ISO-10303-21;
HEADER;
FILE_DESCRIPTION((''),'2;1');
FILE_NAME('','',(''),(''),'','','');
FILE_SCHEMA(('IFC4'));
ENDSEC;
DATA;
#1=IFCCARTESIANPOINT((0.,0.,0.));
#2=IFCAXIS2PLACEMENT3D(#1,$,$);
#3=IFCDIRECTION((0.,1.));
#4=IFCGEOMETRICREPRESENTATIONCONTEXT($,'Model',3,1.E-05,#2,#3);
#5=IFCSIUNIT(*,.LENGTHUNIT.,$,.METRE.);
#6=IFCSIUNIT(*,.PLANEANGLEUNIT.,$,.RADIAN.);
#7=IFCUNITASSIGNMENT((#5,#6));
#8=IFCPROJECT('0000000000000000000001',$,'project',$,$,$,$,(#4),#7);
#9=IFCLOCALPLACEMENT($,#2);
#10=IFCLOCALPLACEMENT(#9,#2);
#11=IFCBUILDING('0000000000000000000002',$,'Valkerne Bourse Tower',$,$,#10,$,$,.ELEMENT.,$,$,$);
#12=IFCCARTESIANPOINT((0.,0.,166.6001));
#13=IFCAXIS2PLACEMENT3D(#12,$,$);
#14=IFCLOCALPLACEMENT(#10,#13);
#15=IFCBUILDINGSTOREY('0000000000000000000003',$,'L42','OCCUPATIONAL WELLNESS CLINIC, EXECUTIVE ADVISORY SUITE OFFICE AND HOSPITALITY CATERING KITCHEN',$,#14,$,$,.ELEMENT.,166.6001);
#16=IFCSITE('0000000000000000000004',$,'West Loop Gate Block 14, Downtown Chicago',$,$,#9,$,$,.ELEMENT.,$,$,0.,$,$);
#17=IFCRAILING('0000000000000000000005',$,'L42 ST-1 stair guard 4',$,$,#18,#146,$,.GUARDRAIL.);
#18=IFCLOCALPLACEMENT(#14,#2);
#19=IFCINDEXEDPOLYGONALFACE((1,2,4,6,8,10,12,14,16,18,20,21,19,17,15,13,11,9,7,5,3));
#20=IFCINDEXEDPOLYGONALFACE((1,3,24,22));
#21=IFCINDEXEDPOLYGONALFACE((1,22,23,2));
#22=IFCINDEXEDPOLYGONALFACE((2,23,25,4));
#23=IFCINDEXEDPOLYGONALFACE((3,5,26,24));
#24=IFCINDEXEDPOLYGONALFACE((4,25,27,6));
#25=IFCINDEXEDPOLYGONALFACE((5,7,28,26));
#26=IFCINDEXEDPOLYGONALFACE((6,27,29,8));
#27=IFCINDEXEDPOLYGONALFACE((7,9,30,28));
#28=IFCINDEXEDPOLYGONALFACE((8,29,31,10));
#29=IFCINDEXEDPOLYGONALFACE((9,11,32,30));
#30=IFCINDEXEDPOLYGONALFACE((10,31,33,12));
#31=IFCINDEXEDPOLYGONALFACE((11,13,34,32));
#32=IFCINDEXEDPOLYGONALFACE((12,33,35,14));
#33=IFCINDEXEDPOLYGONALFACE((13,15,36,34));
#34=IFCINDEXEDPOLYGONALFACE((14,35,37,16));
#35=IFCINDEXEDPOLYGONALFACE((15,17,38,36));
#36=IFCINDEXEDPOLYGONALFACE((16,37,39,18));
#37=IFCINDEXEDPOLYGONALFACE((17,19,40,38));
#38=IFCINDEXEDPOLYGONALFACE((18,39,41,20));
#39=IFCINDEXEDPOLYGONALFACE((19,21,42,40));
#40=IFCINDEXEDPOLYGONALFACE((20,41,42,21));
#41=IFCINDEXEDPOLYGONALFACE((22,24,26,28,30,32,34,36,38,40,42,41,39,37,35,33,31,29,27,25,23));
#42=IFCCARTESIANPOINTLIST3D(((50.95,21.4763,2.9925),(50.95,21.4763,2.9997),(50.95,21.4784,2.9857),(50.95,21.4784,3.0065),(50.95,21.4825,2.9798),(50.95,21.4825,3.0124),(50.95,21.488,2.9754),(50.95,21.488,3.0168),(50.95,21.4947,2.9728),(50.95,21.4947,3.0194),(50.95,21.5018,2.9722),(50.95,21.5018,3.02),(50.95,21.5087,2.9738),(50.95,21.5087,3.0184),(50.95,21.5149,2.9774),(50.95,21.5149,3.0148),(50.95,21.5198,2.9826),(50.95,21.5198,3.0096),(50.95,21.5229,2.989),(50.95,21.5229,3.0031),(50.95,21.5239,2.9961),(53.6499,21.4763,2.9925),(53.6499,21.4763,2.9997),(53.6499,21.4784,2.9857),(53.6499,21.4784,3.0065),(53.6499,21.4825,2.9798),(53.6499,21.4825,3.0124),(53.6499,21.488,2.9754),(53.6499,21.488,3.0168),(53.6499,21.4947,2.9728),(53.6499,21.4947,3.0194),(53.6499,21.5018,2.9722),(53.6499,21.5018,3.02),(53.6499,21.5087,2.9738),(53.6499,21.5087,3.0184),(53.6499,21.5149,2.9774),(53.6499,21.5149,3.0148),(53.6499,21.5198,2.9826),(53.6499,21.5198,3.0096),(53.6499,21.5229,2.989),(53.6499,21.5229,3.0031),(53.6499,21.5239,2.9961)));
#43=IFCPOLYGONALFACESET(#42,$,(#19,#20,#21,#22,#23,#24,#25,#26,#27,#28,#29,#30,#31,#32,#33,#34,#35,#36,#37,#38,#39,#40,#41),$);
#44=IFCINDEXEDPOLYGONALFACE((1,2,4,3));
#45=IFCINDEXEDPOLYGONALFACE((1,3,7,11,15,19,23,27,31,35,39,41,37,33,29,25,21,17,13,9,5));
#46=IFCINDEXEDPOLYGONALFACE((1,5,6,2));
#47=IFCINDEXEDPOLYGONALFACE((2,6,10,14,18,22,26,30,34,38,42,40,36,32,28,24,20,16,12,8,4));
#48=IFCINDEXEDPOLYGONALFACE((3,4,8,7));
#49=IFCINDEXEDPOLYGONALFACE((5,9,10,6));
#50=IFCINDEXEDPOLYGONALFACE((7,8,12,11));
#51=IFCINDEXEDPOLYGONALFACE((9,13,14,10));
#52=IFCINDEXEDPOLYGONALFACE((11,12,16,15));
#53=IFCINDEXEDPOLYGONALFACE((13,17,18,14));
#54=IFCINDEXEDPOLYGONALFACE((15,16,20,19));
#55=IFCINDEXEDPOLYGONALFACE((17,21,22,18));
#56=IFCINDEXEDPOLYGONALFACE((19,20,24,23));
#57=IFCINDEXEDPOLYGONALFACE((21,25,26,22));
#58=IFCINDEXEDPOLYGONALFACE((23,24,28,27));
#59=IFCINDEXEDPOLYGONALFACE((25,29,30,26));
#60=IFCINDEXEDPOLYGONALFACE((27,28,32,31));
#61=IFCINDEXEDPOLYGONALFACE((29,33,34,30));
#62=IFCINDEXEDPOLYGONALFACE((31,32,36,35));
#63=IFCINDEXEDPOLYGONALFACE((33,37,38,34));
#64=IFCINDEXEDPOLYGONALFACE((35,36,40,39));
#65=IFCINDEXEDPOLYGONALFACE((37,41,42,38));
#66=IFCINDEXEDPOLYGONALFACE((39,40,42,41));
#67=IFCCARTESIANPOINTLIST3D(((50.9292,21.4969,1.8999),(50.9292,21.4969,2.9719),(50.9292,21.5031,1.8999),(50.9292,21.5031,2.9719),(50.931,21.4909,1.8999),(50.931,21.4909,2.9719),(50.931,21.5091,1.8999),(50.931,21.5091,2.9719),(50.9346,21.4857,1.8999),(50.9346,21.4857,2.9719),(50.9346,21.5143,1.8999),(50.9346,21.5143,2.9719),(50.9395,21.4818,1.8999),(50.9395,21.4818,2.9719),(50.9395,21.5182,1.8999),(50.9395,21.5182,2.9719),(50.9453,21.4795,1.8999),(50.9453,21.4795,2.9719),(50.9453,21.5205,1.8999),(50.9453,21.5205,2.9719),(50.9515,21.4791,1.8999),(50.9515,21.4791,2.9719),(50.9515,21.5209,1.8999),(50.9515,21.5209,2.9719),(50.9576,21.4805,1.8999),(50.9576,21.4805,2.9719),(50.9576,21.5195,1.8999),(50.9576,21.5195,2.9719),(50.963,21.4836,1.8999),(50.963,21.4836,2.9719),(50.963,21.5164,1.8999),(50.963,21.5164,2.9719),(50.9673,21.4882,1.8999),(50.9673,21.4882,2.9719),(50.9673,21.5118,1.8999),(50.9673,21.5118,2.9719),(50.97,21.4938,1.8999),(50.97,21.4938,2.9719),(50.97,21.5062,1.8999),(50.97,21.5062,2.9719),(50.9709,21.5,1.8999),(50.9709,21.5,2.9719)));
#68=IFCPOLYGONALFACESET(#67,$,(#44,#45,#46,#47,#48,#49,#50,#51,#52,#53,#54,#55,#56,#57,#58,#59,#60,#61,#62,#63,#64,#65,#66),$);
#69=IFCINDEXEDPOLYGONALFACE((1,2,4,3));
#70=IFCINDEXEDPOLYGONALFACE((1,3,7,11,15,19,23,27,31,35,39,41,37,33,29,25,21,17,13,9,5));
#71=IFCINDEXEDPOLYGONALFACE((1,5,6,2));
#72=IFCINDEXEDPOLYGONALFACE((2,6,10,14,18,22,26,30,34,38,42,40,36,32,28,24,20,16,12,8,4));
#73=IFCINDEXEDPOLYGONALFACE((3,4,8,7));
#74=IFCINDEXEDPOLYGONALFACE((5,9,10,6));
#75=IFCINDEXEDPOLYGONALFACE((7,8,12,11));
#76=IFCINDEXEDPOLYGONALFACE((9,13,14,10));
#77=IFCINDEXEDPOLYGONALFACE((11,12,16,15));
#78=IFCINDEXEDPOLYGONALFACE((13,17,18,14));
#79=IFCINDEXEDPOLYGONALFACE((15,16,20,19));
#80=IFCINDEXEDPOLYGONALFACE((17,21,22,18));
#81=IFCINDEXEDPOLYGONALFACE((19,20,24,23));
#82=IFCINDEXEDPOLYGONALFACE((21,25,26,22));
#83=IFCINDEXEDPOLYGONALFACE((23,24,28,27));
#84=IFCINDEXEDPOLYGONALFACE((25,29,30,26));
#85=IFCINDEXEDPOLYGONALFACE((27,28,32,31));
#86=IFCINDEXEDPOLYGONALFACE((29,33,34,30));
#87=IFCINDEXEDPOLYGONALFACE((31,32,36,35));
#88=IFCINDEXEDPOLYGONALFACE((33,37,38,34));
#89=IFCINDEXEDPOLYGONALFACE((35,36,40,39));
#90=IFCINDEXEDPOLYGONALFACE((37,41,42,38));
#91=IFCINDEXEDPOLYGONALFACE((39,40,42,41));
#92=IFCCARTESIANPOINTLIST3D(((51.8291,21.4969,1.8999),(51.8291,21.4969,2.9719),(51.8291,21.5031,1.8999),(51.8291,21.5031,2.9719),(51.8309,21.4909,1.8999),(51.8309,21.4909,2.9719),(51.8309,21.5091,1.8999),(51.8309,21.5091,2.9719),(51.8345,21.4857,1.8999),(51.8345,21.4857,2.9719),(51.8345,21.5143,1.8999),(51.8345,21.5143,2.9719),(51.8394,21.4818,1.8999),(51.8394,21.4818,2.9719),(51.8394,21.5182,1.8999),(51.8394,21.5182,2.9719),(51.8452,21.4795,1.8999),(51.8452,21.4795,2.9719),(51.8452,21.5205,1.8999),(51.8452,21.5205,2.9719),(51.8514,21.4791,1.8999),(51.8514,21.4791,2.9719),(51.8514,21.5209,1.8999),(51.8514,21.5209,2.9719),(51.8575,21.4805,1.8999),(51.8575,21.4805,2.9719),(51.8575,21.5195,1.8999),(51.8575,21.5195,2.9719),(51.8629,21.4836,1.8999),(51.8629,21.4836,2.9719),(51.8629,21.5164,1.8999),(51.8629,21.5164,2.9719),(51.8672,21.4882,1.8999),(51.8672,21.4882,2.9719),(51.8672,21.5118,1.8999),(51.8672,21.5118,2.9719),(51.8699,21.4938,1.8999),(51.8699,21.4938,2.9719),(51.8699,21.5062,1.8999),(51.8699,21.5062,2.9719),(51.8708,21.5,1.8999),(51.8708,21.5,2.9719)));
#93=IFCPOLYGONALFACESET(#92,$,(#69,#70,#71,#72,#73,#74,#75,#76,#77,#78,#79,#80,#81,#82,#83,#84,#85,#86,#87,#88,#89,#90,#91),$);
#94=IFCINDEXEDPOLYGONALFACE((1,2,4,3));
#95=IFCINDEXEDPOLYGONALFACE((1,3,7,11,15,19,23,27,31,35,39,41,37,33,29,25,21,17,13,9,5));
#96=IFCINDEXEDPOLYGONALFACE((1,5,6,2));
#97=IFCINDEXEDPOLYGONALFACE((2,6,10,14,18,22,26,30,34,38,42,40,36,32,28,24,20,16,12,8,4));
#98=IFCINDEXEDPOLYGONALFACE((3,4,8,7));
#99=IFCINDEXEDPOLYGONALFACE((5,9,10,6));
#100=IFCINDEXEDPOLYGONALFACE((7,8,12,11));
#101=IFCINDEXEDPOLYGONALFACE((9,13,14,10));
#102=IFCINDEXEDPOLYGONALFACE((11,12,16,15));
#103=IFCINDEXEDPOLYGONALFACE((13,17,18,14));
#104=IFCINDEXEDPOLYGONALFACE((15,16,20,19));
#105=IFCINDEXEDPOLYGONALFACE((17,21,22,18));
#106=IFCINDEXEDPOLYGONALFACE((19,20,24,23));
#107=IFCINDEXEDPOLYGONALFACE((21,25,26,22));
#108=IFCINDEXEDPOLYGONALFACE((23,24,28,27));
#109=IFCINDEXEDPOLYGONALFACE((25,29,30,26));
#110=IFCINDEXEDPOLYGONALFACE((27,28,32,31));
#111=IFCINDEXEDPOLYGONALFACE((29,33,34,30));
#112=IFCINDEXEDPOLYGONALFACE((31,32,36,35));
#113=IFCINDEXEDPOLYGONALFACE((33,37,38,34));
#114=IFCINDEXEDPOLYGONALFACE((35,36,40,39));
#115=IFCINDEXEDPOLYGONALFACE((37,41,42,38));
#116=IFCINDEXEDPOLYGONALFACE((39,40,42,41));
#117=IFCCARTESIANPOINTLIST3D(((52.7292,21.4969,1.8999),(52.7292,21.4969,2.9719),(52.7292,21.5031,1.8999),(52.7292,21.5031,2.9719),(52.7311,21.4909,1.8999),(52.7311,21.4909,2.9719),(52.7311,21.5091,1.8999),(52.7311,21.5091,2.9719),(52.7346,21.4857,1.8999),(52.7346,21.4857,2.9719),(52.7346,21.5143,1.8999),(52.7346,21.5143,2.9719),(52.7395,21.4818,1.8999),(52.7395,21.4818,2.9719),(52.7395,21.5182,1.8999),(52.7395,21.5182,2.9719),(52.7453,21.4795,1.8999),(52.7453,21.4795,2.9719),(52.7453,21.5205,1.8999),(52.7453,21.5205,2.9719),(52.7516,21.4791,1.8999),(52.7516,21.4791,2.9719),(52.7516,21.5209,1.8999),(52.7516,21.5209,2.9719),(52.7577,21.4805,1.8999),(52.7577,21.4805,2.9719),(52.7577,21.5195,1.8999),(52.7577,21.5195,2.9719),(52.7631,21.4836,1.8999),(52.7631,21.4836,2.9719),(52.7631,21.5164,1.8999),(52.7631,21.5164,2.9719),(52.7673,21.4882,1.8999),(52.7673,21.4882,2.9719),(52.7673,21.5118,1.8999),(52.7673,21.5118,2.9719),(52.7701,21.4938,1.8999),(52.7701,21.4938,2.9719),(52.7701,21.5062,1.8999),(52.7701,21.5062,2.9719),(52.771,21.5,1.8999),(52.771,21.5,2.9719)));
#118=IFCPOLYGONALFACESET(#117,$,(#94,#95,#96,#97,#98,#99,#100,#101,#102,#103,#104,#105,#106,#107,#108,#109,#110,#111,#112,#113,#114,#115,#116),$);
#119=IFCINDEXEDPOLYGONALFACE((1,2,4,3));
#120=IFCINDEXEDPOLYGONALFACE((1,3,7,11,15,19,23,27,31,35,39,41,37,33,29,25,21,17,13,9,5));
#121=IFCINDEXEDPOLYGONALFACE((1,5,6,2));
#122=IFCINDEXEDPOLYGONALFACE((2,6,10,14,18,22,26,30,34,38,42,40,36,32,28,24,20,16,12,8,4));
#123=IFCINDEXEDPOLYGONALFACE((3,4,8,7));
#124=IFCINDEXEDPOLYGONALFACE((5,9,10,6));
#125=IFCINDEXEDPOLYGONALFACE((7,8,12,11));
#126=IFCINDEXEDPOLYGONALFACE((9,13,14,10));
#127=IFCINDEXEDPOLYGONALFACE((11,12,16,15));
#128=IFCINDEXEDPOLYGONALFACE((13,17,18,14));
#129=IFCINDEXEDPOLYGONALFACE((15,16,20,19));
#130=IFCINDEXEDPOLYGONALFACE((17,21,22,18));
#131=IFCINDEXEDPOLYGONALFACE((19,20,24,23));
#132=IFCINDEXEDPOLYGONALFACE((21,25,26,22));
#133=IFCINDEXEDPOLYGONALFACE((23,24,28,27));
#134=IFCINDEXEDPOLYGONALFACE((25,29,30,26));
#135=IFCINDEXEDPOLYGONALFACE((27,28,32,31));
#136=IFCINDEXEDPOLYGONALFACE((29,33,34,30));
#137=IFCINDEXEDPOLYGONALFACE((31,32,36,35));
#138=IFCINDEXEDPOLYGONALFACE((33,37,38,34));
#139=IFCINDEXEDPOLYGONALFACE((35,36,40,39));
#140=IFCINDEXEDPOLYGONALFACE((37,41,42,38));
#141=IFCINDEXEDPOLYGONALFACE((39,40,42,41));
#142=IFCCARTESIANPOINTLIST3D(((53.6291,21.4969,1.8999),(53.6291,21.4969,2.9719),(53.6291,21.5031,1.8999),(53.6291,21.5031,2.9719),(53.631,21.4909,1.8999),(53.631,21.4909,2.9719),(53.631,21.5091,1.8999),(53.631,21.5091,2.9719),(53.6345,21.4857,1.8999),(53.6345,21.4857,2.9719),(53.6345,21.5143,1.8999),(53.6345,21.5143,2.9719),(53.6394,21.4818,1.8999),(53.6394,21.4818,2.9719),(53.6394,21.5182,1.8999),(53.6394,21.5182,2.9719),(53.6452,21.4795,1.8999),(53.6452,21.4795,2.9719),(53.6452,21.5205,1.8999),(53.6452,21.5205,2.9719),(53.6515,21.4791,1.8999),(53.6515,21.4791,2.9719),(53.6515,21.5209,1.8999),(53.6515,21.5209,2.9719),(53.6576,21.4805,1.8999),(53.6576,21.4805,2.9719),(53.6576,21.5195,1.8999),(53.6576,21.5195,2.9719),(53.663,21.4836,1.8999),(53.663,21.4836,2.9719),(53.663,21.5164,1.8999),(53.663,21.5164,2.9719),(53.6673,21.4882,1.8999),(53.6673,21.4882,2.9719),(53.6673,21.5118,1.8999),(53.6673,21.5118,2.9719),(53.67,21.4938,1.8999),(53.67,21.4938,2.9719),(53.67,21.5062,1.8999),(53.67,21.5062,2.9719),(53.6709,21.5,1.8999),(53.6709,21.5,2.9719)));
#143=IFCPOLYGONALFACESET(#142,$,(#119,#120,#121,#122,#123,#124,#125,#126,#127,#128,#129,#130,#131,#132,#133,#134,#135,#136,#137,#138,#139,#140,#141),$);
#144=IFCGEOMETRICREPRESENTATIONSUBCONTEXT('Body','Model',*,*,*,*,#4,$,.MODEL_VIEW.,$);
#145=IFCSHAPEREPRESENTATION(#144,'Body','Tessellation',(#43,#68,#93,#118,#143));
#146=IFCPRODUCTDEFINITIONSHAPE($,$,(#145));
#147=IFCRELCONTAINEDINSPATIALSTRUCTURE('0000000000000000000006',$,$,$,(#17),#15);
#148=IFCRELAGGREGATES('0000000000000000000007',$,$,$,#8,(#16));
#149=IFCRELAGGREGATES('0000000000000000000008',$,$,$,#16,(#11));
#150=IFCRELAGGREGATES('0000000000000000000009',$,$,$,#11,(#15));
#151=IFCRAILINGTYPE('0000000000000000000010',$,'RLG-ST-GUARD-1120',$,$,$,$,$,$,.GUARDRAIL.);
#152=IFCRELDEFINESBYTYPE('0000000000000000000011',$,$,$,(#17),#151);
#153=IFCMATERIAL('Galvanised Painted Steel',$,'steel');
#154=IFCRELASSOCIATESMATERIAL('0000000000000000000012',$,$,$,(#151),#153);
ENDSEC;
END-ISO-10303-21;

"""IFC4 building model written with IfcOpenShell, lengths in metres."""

from ifc_helpers import new_model, si_unit, direction, frame, origin, origin_2d, place, context, subcontext, project, spatial, circle, extrude, material, type_object, element, save


model = new_model("IFC4")

# Units and contexts
model_context = context("Model", 3, precision=1e-05, world=origin(), true_north=direction((0.0, 1.0)))
body_context = subcontext(model_context, "Body", "Model", "MODEL_VIEW")
ifc_project = project(units=[si_unit("LENGTHUNIT", "METRE"), si_unit("PLANEANGLEUNIT", "RADIAN")], contexts=[model_context])

# Site, building, storey
site_placement = place(None, origin())
site = spatial("IfcSite", under=ifc_project, at=site_placement, Name="West Loop Gate Block 14, Downtown Chicago", CompositionType="ELEMENT", RefElevation=0.0)
building_placement = place(site_placement, origin())
building = spatial("IfcBuilding", under=site, at=building_placement, Name="Valkerne Bourse Tower", CompositionType="ELEMENT")
storey_placement = place(building_placement, frame((0.0, 0.0, 166.6001)))
storey = spatial("IfcBuildingStorey", under=building, at=storey_placement, Name="L42", Description="OCCUPATIONAL WELLNESS CLINIC, EXECUTIVE ADVISORY SUITE OFFICE AND HOSPITALITY CATERING KITCHEN", CompositionType="ELEMENT", Elevation=166.6001)

# Shared definitions
ifc_material_1 = material(Name="Galvanised Painted Steel", Category="steel")

# Railing
railing_type_1 = type_object("IfcRailingType", Name="RLG-ST-GUARD-1120", PredefinedType="GUARDRAIL", material=ifc_material_1)
for number, where, name in (
    (1, (50.95, 21.5, 1.8999), "L42 ST-1 stair guard 4"),
):
    element("IfcRailing", number, at=place(storey_placement, frame(where)), inside=storey, type_object=railing_type_1, Name=name, PredefinedType="GUARDRAIL", context=body_context, shape_type="SweptSolid", body=[
        extrude(circle(Radius=0.0239, at=origin_2d()), frame((0.0, 0.0, 1.0962), z_axis=(1.0, 0.0, 0.0), x_axis=(0.0, 1.0, 0.0)), (0.0, 0.0, 1.0), 2.7),
        extrude(circle(Radius=0.021, at=origin_2d()), origin(), (0.0, 0.0, 1.0), 1.072),
        extrude(circle(Radius=0.021, at=origin_2d()), frame((0.8999, 0.0, 0.0)), (0.0, 0.0, 1.0), 1.072),
        extrude(circle(Radius=0.021, at=origin_2d()), frame((1.8, 0.0, 0.0)), (0.0, 0.0, 1.0), 1.072),
        extrude(circle(Radius=0.021, at=origin_2d()), frame((2.7, 0.0, 0.0)), (0.0, 0.0, 1.0), 1.072),
    ])

save(model, "model.ifc")
